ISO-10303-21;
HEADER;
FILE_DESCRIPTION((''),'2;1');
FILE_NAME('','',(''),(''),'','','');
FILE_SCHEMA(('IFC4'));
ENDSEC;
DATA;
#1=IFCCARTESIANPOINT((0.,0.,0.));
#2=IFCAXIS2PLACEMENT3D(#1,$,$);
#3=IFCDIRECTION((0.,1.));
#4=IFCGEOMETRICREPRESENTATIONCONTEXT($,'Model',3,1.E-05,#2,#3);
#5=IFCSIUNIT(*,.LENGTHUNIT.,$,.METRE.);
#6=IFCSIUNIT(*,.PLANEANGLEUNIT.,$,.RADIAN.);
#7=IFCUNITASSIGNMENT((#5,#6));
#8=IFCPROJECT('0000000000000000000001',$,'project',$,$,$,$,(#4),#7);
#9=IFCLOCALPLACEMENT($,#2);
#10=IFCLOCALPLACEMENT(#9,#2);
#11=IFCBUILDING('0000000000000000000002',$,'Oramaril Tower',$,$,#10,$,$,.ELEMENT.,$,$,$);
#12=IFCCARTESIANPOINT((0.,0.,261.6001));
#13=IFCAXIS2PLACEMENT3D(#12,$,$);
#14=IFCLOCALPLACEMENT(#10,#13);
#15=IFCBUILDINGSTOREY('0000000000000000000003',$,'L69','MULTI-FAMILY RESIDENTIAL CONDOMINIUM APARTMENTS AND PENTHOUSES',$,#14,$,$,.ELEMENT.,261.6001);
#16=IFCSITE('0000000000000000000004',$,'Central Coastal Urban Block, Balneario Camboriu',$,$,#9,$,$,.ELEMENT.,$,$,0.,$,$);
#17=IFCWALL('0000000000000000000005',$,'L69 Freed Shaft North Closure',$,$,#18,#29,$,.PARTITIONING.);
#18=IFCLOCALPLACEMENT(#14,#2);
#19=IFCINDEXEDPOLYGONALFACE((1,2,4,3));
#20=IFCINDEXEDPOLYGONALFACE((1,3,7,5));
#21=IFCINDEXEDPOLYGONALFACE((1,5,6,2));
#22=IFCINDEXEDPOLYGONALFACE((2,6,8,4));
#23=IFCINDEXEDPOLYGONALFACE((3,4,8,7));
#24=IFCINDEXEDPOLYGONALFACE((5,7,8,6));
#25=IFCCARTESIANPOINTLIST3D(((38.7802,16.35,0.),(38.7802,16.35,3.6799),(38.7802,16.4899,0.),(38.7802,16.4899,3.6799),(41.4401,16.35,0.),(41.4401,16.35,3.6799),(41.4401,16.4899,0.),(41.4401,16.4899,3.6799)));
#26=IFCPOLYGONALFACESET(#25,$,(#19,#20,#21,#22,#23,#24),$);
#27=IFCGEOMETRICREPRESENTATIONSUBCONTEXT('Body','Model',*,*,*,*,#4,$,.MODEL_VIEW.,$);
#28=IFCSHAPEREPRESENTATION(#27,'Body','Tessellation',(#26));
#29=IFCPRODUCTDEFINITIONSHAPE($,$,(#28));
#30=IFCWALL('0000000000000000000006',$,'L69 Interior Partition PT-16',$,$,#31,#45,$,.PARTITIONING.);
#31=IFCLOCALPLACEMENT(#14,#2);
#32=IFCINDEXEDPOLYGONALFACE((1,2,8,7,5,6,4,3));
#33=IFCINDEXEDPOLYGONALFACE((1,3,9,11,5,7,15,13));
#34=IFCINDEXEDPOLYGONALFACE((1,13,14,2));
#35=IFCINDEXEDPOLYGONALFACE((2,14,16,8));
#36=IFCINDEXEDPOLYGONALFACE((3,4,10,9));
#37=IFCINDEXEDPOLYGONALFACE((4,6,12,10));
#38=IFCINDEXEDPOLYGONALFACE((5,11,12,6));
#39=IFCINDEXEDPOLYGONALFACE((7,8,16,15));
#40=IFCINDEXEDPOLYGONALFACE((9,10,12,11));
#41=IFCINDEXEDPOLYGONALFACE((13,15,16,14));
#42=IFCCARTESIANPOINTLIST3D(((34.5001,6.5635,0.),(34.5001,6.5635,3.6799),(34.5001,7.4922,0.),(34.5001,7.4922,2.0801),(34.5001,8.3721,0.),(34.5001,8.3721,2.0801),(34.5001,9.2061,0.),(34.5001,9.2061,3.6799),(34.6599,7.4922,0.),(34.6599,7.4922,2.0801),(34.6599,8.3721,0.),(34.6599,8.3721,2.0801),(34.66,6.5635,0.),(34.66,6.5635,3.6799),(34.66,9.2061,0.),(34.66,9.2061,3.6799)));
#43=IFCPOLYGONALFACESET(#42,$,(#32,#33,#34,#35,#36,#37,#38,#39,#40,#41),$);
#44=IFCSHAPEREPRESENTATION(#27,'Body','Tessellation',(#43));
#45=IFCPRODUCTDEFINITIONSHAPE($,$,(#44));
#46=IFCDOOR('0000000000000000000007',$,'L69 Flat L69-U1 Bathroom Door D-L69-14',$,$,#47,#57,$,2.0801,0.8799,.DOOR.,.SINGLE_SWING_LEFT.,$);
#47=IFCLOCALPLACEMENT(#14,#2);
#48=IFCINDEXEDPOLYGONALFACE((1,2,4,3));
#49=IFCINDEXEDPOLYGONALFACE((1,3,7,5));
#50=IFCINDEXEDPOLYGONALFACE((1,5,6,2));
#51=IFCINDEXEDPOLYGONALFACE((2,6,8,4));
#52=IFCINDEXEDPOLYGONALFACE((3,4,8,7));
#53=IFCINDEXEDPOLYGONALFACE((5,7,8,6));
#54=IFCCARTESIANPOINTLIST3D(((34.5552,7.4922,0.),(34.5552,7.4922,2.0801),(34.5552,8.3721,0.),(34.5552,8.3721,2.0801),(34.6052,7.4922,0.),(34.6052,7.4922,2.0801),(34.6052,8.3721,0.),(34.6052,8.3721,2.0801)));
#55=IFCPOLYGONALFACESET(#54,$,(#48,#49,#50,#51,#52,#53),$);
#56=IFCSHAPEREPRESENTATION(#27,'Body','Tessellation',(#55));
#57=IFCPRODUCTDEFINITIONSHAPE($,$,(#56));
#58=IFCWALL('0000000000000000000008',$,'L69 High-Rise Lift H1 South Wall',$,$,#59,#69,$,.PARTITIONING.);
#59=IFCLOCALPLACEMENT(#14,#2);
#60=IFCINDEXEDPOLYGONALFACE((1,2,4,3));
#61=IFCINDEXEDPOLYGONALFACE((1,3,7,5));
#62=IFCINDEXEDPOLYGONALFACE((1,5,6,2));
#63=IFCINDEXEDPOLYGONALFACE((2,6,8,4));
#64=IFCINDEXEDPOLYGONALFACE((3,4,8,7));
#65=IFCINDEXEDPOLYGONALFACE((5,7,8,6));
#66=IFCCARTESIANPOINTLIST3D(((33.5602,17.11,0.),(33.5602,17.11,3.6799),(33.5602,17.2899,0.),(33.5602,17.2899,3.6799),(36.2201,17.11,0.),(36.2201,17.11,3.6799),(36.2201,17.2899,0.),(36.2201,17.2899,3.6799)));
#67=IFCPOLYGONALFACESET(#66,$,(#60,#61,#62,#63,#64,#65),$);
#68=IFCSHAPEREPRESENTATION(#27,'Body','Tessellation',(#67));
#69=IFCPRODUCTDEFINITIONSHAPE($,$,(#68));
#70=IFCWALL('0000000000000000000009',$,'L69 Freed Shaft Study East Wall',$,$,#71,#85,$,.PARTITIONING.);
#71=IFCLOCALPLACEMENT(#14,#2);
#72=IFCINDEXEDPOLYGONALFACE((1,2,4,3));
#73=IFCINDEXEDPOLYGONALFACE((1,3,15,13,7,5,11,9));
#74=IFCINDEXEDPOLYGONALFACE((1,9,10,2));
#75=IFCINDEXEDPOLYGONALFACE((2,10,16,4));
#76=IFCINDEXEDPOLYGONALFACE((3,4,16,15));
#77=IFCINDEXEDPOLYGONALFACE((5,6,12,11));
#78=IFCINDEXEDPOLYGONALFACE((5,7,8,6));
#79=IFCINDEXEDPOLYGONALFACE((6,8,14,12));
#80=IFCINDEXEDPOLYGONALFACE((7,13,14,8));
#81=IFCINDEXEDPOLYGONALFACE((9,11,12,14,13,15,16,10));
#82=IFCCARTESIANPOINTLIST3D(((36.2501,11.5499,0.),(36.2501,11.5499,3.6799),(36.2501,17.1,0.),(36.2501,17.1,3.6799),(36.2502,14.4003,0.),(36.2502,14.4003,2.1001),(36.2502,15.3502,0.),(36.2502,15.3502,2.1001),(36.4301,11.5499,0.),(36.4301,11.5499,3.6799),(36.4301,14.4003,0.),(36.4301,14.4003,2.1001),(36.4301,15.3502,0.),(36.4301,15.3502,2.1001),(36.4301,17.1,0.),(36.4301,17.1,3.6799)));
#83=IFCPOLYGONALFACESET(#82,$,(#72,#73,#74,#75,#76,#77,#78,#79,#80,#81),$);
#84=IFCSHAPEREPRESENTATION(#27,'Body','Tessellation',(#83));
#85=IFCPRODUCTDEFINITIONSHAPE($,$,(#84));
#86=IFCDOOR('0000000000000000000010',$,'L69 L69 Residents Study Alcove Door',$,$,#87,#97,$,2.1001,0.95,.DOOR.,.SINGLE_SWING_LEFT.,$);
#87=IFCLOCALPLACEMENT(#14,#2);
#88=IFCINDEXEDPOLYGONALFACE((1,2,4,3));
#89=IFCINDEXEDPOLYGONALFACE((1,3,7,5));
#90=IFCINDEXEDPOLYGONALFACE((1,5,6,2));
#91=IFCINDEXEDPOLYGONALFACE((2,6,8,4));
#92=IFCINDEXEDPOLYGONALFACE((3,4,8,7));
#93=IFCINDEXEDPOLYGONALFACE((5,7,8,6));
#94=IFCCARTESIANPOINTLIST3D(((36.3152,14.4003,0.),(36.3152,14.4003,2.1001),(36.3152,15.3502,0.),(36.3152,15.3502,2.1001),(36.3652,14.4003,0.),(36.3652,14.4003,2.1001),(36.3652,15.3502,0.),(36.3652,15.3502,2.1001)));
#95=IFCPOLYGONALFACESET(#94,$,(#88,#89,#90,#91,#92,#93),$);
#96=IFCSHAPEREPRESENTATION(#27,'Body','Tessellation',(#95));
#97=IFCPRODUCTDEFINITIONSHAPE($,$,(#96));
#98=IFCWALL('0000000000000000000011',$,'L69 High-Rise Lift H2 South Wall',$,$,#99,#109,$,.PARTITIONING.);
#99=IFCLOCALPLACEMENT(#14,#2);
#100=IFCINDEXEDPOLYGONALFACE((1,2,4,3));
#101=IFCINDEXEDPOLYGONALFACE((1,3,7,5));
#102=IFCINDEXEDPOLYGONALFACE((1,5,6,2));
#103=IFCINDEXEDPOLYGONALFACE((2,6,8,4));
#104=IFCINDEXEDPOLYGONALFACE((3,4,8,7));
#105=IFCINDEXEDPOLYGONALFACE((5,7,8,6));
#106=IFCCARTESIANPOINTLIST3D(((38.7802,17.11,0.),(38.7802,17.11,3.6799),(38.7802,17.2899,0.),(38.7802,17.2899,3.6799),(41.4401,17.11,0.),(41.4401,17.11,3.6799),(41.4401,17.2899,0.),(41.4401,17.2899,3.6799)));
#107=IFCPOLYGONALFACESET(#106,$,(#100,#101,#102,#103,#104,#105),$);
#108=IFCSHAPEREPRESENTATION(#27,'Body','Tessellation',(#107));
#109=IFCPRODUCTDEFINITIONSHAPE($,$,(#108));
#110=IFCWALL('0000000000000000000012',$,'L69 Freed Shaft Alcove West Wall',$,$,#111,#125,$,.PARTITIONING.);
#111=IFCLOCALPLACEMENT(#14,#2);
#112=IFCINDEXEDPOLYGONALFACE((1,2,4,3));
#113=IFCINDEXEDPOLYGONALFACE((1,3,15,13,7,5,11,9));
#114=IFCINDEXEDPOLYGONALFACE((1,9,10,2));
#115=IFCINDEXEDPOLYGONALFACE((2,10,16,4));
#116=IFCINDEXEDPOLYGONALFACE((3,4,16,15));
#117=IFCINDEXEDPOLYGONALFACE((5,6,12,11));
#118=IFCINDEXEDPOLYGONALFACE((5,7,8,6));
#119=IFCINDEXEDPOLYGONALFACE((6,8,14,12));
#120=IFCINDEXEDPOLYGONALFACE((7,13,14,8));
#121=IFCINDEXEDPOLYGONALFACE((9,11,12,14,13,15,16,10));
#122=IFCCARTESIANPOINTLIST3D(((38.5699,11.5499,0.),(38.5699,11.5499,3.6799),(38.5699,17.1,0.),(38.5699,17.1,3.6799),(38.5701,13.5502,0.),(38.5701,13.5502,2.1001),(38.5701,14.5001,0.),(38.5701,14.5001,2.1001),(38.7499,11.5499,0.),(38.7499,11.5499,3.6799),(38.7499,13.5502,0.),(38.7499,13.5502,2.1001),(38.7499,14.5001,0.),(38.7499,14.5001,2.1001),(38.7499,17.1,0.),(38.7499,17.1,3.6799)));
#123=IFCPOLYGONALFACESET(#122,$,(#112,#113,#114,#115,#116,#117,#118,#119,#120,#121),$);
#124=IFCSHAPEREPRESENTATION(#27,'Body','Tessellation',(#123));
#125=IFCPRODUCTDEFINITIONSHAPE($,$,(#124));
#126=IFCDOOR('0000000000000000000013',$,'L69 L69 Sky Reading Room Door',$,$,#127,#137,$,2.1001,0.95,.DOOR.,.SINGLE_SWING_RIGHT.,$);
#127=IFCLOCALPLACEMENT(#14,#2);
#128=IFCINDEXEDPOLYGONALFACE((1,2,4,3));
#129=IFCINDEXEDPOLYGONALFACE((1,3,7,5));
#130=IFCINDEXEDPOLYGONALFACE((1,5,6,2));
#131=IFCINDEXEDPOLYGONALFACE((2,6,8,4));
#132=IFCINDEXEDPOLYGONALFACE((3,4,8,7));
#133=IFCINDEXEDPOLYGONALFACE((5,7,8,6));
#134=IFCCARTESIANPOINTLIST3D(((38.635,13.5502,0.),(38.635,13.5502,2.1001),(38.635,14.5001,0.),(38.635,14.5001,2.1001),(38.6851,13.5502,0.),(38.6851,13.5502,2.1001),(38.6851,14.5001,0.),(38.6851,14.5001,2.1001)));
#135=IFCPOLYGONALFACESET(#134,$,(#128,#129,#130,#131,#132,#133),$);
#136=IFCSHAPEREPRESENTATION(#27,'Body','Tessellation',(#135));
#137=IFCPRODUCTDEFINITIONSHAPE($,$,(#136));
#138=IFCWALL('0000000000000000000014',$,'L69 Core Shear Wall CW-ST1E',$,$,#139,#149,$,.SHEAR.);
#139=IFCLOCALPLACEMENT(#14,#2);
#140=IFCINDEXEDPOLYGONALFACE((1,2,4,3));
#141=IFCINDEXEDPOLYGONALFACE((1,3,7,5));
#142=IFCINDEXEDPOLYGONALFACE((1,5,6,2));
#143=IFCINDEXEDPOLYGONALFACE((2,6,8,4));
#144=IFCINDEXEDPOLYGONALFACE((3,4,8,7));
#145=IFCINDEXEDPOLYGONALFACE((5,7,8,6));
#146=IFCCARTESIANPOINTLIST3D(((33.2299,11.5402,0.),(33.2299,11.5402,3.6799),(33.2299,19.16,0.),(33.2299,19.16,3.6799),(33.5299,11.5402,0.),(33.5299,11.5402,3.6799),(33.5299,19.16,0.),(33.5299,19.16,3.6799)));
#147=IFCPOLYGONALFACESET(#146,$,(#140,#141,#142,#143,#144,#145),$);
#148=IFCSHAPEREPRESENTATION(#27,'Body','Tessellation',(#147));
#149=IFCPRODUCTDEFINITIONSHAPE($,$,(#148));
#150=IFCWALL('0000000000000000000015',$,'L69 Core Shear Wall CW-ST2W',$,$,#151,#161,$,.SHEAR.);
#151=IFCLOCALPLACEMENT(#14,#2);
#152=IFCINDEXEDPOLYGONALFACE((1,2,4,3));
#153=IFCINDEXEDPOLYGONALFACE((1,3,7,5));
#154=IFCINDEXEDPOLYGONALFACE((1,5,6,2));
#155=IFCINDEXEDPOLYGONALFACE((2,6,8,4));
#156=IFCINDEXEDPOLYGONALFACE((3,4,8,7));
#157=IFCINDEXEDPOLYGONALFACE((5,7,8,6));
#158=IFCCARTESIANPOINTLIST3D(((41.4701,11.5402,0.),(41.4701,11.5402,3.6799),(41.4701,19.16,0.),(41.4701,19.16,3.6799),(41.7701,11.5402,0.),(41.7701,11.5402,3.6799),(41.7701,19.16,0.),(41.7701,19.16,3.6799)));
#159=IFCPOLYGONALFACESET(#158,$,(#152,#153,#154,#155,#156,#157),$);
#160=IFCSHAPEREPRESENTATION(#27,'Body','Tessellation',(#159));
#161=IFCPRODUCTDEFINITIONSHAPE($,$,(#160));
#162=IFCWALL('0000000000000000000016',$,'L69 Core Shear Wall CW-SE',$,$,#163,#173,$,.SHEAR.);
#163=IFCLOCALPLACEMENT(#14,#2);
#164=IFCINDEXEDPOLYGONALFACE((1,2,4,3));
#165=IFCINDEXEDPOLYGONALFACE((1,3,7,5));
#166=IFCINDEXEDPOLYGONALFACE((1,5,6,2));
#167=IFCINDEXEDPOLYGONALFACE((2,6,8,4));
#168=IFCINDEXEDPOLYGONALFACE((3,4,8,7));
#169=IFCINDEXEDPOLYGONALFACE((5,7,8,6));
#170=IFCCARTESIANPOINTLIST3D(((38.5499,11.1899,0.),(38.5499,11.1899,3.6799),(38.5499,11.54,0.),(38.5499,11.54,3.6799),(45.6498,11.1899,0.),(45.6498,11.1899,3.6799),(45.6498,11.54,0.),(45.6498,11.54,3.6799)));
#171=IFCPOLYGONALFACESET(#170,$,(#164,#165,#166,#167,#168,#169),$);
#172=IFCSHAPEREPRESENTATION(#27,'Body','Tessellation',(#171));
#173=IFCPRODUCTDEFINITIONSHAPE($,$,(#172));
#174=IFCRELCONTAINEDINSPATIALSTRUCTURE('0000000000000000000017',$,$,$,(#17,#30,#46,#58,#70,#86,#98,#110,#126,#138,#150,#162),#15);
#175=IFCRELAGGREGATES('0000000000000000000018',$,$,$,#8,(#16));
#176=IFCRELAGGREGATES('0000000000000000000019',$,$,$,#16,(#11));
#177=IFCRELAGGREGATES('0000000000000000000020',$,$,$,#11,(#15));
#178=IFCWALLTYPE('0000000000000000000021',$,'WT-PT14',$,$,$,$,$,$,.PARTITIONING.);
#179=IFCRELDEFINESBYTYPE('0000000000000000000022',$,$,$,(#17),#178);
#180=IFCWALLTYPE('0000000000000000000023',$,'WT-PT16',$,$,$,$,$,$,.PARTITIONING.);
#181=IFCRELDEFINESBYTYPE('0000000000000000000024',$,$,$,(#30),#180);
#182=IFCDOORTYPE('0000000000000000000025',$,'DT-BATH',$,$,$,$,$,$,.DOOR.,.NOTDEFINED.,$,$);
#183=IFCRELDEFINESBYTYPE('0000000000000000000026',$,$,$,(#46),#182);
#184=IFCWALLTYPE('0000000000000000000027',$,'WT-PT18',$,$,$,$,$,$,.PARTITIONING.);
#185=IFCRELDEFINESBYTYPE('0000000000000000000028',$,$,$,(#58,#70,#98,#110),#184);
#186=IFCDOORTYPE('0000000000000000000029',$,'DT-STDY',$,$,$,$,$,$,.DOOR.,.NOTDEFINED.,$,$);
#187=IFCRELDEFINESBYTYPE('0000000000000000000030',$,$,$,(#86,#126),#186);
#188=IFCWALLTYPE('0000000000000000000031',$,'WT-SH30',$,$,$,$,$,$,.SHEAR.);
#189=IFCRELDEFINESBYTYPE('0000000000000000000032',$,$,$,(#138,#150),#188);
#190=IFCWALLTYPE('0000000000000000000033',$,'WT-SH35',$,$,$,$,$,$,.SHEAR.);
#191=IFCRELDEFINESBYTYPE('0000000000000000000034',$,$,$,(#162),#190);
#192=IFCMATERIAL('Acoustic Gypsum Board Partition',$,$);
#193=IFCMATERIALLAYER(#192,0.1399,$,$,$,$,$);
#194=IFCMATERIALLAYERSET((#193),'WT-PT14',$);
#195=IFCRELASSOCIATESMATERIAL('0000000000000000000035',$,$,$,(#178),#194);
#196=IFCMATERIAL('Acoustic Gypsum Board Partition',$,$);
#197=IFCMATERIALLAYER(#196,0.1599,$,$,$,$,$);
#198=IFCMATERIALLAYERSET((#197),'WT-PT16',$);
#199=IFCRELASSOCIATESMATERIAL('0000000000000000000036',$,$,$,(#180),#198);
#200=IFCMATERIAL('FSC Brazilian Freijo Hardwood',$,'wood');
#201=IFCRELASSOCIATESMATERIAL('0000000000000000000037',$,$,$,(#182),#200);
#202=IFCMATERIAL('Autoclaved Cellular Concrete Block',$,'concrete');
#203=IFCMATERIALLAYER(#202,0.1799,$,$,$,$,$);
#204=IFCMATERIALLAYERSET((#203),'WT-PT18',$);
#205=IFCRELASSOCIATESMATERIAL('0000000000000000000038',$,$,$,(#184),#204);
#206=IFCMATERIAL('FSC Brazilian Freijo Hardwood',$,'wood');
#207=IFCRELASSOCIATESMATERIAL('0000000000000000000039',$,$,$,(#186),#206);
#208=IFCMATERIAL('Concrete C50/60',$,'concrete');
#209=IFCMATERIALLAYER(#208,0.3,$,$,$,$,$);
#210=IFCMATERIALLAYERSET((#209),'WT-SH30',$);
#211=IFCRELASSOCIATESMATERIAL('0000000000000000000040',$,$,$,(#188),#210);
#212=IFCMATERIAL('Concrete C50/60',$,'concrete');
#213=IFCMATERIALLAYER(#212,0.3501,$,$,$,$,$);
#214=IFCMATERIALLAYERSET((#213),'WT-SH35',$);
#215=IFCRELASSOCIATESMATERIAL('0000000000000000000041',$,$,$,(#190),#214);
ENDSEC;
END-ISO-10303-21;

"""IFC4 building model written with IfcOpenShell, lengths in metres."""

from ifc_helpers import new_model, si_unit, direction, frame, frame_2d, origin, place, context, subcontext, project, spatial, rectangle, extrude, material, layer, layer_set, type_object, element, fill, save


model = new_model("IFC4")

# Units and contexts
model_context = context("Model", 3, precision=1e-05, world=origin(), true_north=direction((0.0, 1.0)))
body_context = subcontext(model_context, "Body", "Model", "MODEL_VIEW")
ifc_project = project(units=[si_unit("LENGTHUNIT", "METRE"), si_unit("PLANEANGLEUNIT", "RADIAN")], contexts=[model_context])

# Site, building, storey
site_placement = place(None, origin())
site = spatial("IfcSite", under=ifc_project, at=site_placement, Name="Central Coastal Urban Block, Balneario Camboriu", CompositionType="ELEMENT", RefElevation=0.0)
building_placement = place(site_placement, origin())
building = spatial("IfcBuilding", under=site, at=building_placement, Name="Oramaril Tower", CompositionType="ELEMENT")
storey_placement = place(building_placement, frame((0.0, 0.0, 261.6001)))
storey = spatial("IfcBuildingStorey", under=building, at=storey_placement, Name="L69", Description="MULTI-FAMILY RESIDENTIAL CONDOMINIUM APARTMENTS AND PENTHOUSES", CompositionType="ELEMENT", Elevation=261.6001)

# Wall
ifc_material_1 = material(Name="Acoustic Gypsum Board Partition")
ifc_layer_1 = layer(ifc_material_1, 0.1399)
ifc_layer_set_1 = layer_set([ifc_layer_1], Name="WT-PT14")
wall_type_1 = type_object("IfcWallType", Name="WT-PT14", PredefinedType="PARTITIONING", material=ifc_layer_set_1)
wall_1_placement = place(storey_placement, frame((38.78, 16.4199, 0.0), z_axis=(0.0, 0.0, 1.0), x_axis=(1.0, 0.0, 0.0)))
element("IfcWall", 1, at=wall_1_placement, inside=storey, type_object=wall_type_1, Name="L69 Freed Shaft North Closure", PredefinedType="PARTITIONING", context=body_context, shape_type="SweptSolid", body=[
    extrude(rectangle(XDim=2.6599, YDim=0.1399, at=frame_2d((1.3301, 0.0))), origin(), (0.0, 0.0, 1.0), 3.6799),
])

# Wall, opening, door
ifc_material_2 = material(Name="Acoustic Gypsum Board Partition")
ifc_layer_2 = layer(ifc_material_2, 0.1599)
ifc_layer_set_2 = layer_set([ifc_layer_2], Name="WT-PT16")
wall_type_2 = type_object("IfcWallType", Name="WT-PT16", PredefinedType="PARTITIONING", material=ifc_layer_set_2)
wall_2_placement = place(storey_placement, frame((34.5801, 6.5635, 0.0), z_axis=(0.0, 0.0, 1.0), x_axis=(0.0, 1.0, 0.0)))
wall_2 = element("IfcWall", 2, at=wall_2_placement, inside=storey, type_object=wall_type_2, Name="L69 Interior Partition PT-16", PredefinedType="PARTITIONING", context=body_context, shape_type="SweptSolid", body=[
    extrude(rectangle(XDim=2.6426, YDim=0.1599, at=frame_2d((1.3213, 0.0))), origin(), (0.0, 0.0, 1.0), 3.6799),
])
opening_1_placement = place(wall_2_placement, frame((0.9287, 0.0, 0.0)))
opening_1 = element("IfcOpeningElement", 3, at=opening_1_placement, cuts=wall_2, PredefinedType="OPENING", context=body_context, shape_type="SweptSolid", body=[
    extrude(rectangle(XDim=0.8799, YDim=2.0801, at=frame_2d((0.4399, 1.04))), frame((0.0, 0.0801, 0.0), z_axis=(0.0, -1.0, 0.0), x_axis=(1.0, 0.0, 0.0)), (0.0, 0.0, 1.0), 0.1599),
])
ifc_material_3 = material(Name="FSC Brazilian Freijo Hardwood", Category="wood")
door_type_1 = type_object("IfcDoorType", Name="DT-BATH", OperationType="NOTDEFINED", PredefinedType="DOOR", material=ifc_material_3)
door_1_placement = place(opening_1_placement, origin())
door_1 = element("IfcDoor", 4, at=door_1_placement, inside=storey, type_object=door_type_1, Name="L69 Flat L69-U1 Bathroom Door D-L69-14", OperationType="SINGLE_SWING_LEFT", OverallHeight=2.0801, OverallWidth=0.8799, PredefinedType="DOOR", context=body_context, shape_type="SweptSolid", body=[
    extrude(rectangle(XDim=0.8799, YDim=2.0801, at=frame_2d((0.4399, 1.04))), frame((0.0, 0.0249, 0.0), z_axis=(0.0, -1.0, 0.0), x_axis=(1.0, 0.0, 0.0)), (0.0, 0.0, 1.0), 0.05),
])
fill(opening_1, door_1)

# Wall
ifc_material_4 = material(Name="Autoclaved Cellular Concrete Block", Category="concrete")
ifc_layer_3 = layer(ifc_material_4, 0.1799)
ifc_layer_set_3 = layer_set([ifc_layer_3], Name="WT-PT18")
wall_type_3 = type_object("IfcWallType", Name="WT-PT18", PredefinedType="PARTITIONING", material=ifc_layer_set_3)
wall_3_placement = place(storey_placement, frame((33.5601, 17.2, 0.0), z_axis=(0.0, 0.0, 1.0), x_axis=(1.0, 0.0, 0.0)))
element("IfcWall", 5, at=wall_3_placement, inside=storey, type_object=wall_type_3, Name="L69 High-Rise Lift H1 South Wall", PredefinedType="PARTITIONING", context=body_context, shape_type="SweptSolid", body=[
    extrude(rectangle(XDim=2.6599, YDim=0.1799, at=frame_2d((1.3301, 0.0))), origin(), (0.0, 0.0, 1.0), 3.6799),
])

# Wall, opening, door
wall_4_placement = place(storey_placement, frame((36.3401, 11.55, 0.0), z_axis=(0.0, 0.0, 1.0), x_axis=(0.0, 1.0, 0.0)))
wall_4 = element("IfcWall", 6, at=wall_4_placement, inside=storey, type_object=wall_type_3, Name="L69 Freed Shaft Study East Wall", PredefinedType="PARTITIONING", context=body_context, shape_type="SweptSolid", body=[
    extrude(rectangle(XDim=5.55, YDim=0.1799, at=frame_2d((2.7749, 0.0))), origin(), (0.0, 0.0, 1.0), 3.6799),
])
opening_2_placement = place(wall_4_placement, frame((2.8501, 0.0, 0.0)))
opening_2 = element("IfcOpeningElement", 7, at=opening_2_placement, cuts=wall_4, PredefinedType="OPENING", context=body_context, shape_type="SweptSolid", body=[
    extrude(rectangle(XDim=0.95, YDim=2.1001, at=frame_2d((0.4751, 1.05))), frame((0.0, 0.0898, 0.0), z_axis=(0.0, -1.0, 0.0), x_axis=(1.0, 0.0, 0.0)), (0.0, 0.0, 1.0), 0.1799),
])
ifc_material_5 = material(Name="FSC Brazilian Freijo Hardwood", Category="wood")
door_type_2 = type_object("IfcDoorType", Name="DT-STDY", OperationType="NOTDEFINED", PredefinedType="DOOR", material=ifc_material_5)
door_2_placement = place(opening_2_placement, origin())
door_2 = element("IfcDoor", 8, at=door_2_placement, inside=storey, type_object=door_type_2, Name="L69 L69 Residents Study Alcove Door", OperationType="SINGLE_SWING_LEFT", OverallHeight=2.1001, OverallWidth=0.95, PredefinedType="DOOR", context=body_context, shape_type="SweptSolid", body=[
    extrude(rectangle(XDim=0.95, YDim=2.1001, at=frame_2d((0.4751, 1.05))), frame((0.0, 0.0249, 0.0), z_axis=(0.0, -1.0, 0.0), x_axis=(1.0, 0.0, 0.0)), (0.0, 0.0, 1.0), 0.05),
])
fill(opening_2, door_2)

# Wall
wall_5_placement = place(storey_placement, frame((38.78, 17.2, 0.0), z_axis=(0.0, 0.0, 1.0), x_axis=(1.0, 0.0, 0.0)))
element("IfcWall", 9, at=wall_5_placement, inside=storey, type_object=wall_type_3, Name="L69 High-Rise Lift H2 South Wall", PredefinedType="PARTITIONING", context=body_context, shape_type="SweptSolid", body=[
    extrude(rectangle(XDim=2.6599, YDim=0.1799, at=frame_2d((1.3301, 0.0))), origin(), (0.0, 0.0, 1.0), 3.6799),
])

# Wall, opening, door
wall_6_placement = place(storey_placement, frame((38.6599, 11.55, 0.0), z_axis=(0.0, 0.0, 1.0), x_axis=(0.0, 1.0, 0.0)))
wall_6 = element("IfcWall", 10, at=wall_6_placement, inside=storey, type_object=wall_type_3, Name="L69 Freed Shaft Alcove West Wall", PredefinedType="PARTITIONING", context=body_context, shape_type="SweptSolid", body=[
    extrude(rectangle(XDim=5.55, YDim=0.1799, at=frame_2d((2.7749, 0.0))), origin(), (0.0, 0.0, 1.0), 3.6799),
])
opening_3_placement = place(wall_6_placement, frame((2.0, 0.0, 0.0)))
opening_3 = element("IfcOpeningElement", 11, at=opening_3_placement, cuts=wall_6, PredefinedType="OPENING", context=body_context, shape_type="SweptSolid", body=[
    extrude(rectangle(XDim=0.95, YDim=2.1001, at=frame_2d((0.4751, 1.05))), frame((0.0, 0.0898, 0.0), z_axis=(0.0, -1.0, 0.0), x_axis=(1.0, 0.0, 0.0)), (0.0, 0.0, 1.0), 0.1799),
])
door_3_placement = place(opening_3_placement, origin())
door_3 = element("IfcDoor", 12, at=door_3_placement, inside=storey, type_object=door_type_2, Name="L69 L69 Sky Reading Room Door", OperationType="SINGLE_SWING_RIGHT", OverallHeight=2.1001, OverallWidth=0.95, PredefinedType="DOOR", context=body_context, shape_type="SweptSolid", body=[
    extrude(rectangle(XDim=0.95, YDim=2.1001, at=frame_2d((0.4751, 1.05))), frame((0.0, 0.0249, 0.0), z_axis=(0.0, -1.0, 0.0), x_axis=(1.0, 0.0, 0.0)), (0.0, 0.0, 1.0), 0.05),
])
fill(opening_3, door_3)

# Walls
ifc_material_6 = material(Name="Concrete C50/60", Category="concrete")
ifc_layer_4 = layer(ifc_material_6, 0.3)
ifc_layer_set_4 = layer_set([ifc_layer_4], Name="WT-SH30")
wall_type_4 = type_object("IfcWallType", Name="WT-SH30", PredefinedType="SHEAR", material=ifc_layer_set_4)
for number, where, z_axis, x_axis, name in (
    (13, (33.3799, 11.54, 0.0), (0.0, 0.0, 1.0), (0.0, 1.0, 0.0), "L69 Core Shear Wall CW-ST1E"),
    (14, (41.6201, 11.54, 0.0), (0.0, 0.0, 1.0), (0.0, 1.0, 0.0), "L69 Core Shear Wall CW-ST2W"),
):
    element("IfcWall", number, at=place(storey_placement, frame(where, z_axis=z_axis, x_axis=x_axis)), inside=storey, type_object=wall_type_4, Name=name, PredefinedType="SHEAR", context=body_context, shape_type="SweptSolid", body=[
        extrude(rectangle(XDim=7.6199, YDim=0.3, at=frame_2d((3.8101, 0.0))), origin(), (0.0, 0.0, 1.0), 3.6799),
    ])
ifc_material_7 = material(Name="Concrete C50/60", Category="concrete")
ifc_layer_5 = layer(ifc_material_7, 0.3501)
ifc_layer_set_5 = layer_set([ifc_layer_5], Name="WT-SH35")
wall_type_5 = type_object("IfcWallType", Name="WT-SH35", PredefinedType="SHEAR", material=ifc_layer_set_5)
wall_7_placement = place(storey_placement, frame((38.55, 11.365, 0.0), z_axis=(0.0, 0.0, 1.0), x_axis=(1.0, 0.0, 0.0)))
element("IfcWall", 15, at=wall_7_placement, inside=storey, type_object=wall_type_5, Name="L69 Core Shear Wall CW-SE", PredefinedType="SHEAR", context=body_context, shape_type="SweptSolid", body=[
    extrude(rectangle(XDim=7.0999, YDim=0.3501, at=frame_2d((3.5498, 0.0))), origin(), (0.0, 0.0, 1.0), 3.6799),
])

save(model, "model.ifc")
